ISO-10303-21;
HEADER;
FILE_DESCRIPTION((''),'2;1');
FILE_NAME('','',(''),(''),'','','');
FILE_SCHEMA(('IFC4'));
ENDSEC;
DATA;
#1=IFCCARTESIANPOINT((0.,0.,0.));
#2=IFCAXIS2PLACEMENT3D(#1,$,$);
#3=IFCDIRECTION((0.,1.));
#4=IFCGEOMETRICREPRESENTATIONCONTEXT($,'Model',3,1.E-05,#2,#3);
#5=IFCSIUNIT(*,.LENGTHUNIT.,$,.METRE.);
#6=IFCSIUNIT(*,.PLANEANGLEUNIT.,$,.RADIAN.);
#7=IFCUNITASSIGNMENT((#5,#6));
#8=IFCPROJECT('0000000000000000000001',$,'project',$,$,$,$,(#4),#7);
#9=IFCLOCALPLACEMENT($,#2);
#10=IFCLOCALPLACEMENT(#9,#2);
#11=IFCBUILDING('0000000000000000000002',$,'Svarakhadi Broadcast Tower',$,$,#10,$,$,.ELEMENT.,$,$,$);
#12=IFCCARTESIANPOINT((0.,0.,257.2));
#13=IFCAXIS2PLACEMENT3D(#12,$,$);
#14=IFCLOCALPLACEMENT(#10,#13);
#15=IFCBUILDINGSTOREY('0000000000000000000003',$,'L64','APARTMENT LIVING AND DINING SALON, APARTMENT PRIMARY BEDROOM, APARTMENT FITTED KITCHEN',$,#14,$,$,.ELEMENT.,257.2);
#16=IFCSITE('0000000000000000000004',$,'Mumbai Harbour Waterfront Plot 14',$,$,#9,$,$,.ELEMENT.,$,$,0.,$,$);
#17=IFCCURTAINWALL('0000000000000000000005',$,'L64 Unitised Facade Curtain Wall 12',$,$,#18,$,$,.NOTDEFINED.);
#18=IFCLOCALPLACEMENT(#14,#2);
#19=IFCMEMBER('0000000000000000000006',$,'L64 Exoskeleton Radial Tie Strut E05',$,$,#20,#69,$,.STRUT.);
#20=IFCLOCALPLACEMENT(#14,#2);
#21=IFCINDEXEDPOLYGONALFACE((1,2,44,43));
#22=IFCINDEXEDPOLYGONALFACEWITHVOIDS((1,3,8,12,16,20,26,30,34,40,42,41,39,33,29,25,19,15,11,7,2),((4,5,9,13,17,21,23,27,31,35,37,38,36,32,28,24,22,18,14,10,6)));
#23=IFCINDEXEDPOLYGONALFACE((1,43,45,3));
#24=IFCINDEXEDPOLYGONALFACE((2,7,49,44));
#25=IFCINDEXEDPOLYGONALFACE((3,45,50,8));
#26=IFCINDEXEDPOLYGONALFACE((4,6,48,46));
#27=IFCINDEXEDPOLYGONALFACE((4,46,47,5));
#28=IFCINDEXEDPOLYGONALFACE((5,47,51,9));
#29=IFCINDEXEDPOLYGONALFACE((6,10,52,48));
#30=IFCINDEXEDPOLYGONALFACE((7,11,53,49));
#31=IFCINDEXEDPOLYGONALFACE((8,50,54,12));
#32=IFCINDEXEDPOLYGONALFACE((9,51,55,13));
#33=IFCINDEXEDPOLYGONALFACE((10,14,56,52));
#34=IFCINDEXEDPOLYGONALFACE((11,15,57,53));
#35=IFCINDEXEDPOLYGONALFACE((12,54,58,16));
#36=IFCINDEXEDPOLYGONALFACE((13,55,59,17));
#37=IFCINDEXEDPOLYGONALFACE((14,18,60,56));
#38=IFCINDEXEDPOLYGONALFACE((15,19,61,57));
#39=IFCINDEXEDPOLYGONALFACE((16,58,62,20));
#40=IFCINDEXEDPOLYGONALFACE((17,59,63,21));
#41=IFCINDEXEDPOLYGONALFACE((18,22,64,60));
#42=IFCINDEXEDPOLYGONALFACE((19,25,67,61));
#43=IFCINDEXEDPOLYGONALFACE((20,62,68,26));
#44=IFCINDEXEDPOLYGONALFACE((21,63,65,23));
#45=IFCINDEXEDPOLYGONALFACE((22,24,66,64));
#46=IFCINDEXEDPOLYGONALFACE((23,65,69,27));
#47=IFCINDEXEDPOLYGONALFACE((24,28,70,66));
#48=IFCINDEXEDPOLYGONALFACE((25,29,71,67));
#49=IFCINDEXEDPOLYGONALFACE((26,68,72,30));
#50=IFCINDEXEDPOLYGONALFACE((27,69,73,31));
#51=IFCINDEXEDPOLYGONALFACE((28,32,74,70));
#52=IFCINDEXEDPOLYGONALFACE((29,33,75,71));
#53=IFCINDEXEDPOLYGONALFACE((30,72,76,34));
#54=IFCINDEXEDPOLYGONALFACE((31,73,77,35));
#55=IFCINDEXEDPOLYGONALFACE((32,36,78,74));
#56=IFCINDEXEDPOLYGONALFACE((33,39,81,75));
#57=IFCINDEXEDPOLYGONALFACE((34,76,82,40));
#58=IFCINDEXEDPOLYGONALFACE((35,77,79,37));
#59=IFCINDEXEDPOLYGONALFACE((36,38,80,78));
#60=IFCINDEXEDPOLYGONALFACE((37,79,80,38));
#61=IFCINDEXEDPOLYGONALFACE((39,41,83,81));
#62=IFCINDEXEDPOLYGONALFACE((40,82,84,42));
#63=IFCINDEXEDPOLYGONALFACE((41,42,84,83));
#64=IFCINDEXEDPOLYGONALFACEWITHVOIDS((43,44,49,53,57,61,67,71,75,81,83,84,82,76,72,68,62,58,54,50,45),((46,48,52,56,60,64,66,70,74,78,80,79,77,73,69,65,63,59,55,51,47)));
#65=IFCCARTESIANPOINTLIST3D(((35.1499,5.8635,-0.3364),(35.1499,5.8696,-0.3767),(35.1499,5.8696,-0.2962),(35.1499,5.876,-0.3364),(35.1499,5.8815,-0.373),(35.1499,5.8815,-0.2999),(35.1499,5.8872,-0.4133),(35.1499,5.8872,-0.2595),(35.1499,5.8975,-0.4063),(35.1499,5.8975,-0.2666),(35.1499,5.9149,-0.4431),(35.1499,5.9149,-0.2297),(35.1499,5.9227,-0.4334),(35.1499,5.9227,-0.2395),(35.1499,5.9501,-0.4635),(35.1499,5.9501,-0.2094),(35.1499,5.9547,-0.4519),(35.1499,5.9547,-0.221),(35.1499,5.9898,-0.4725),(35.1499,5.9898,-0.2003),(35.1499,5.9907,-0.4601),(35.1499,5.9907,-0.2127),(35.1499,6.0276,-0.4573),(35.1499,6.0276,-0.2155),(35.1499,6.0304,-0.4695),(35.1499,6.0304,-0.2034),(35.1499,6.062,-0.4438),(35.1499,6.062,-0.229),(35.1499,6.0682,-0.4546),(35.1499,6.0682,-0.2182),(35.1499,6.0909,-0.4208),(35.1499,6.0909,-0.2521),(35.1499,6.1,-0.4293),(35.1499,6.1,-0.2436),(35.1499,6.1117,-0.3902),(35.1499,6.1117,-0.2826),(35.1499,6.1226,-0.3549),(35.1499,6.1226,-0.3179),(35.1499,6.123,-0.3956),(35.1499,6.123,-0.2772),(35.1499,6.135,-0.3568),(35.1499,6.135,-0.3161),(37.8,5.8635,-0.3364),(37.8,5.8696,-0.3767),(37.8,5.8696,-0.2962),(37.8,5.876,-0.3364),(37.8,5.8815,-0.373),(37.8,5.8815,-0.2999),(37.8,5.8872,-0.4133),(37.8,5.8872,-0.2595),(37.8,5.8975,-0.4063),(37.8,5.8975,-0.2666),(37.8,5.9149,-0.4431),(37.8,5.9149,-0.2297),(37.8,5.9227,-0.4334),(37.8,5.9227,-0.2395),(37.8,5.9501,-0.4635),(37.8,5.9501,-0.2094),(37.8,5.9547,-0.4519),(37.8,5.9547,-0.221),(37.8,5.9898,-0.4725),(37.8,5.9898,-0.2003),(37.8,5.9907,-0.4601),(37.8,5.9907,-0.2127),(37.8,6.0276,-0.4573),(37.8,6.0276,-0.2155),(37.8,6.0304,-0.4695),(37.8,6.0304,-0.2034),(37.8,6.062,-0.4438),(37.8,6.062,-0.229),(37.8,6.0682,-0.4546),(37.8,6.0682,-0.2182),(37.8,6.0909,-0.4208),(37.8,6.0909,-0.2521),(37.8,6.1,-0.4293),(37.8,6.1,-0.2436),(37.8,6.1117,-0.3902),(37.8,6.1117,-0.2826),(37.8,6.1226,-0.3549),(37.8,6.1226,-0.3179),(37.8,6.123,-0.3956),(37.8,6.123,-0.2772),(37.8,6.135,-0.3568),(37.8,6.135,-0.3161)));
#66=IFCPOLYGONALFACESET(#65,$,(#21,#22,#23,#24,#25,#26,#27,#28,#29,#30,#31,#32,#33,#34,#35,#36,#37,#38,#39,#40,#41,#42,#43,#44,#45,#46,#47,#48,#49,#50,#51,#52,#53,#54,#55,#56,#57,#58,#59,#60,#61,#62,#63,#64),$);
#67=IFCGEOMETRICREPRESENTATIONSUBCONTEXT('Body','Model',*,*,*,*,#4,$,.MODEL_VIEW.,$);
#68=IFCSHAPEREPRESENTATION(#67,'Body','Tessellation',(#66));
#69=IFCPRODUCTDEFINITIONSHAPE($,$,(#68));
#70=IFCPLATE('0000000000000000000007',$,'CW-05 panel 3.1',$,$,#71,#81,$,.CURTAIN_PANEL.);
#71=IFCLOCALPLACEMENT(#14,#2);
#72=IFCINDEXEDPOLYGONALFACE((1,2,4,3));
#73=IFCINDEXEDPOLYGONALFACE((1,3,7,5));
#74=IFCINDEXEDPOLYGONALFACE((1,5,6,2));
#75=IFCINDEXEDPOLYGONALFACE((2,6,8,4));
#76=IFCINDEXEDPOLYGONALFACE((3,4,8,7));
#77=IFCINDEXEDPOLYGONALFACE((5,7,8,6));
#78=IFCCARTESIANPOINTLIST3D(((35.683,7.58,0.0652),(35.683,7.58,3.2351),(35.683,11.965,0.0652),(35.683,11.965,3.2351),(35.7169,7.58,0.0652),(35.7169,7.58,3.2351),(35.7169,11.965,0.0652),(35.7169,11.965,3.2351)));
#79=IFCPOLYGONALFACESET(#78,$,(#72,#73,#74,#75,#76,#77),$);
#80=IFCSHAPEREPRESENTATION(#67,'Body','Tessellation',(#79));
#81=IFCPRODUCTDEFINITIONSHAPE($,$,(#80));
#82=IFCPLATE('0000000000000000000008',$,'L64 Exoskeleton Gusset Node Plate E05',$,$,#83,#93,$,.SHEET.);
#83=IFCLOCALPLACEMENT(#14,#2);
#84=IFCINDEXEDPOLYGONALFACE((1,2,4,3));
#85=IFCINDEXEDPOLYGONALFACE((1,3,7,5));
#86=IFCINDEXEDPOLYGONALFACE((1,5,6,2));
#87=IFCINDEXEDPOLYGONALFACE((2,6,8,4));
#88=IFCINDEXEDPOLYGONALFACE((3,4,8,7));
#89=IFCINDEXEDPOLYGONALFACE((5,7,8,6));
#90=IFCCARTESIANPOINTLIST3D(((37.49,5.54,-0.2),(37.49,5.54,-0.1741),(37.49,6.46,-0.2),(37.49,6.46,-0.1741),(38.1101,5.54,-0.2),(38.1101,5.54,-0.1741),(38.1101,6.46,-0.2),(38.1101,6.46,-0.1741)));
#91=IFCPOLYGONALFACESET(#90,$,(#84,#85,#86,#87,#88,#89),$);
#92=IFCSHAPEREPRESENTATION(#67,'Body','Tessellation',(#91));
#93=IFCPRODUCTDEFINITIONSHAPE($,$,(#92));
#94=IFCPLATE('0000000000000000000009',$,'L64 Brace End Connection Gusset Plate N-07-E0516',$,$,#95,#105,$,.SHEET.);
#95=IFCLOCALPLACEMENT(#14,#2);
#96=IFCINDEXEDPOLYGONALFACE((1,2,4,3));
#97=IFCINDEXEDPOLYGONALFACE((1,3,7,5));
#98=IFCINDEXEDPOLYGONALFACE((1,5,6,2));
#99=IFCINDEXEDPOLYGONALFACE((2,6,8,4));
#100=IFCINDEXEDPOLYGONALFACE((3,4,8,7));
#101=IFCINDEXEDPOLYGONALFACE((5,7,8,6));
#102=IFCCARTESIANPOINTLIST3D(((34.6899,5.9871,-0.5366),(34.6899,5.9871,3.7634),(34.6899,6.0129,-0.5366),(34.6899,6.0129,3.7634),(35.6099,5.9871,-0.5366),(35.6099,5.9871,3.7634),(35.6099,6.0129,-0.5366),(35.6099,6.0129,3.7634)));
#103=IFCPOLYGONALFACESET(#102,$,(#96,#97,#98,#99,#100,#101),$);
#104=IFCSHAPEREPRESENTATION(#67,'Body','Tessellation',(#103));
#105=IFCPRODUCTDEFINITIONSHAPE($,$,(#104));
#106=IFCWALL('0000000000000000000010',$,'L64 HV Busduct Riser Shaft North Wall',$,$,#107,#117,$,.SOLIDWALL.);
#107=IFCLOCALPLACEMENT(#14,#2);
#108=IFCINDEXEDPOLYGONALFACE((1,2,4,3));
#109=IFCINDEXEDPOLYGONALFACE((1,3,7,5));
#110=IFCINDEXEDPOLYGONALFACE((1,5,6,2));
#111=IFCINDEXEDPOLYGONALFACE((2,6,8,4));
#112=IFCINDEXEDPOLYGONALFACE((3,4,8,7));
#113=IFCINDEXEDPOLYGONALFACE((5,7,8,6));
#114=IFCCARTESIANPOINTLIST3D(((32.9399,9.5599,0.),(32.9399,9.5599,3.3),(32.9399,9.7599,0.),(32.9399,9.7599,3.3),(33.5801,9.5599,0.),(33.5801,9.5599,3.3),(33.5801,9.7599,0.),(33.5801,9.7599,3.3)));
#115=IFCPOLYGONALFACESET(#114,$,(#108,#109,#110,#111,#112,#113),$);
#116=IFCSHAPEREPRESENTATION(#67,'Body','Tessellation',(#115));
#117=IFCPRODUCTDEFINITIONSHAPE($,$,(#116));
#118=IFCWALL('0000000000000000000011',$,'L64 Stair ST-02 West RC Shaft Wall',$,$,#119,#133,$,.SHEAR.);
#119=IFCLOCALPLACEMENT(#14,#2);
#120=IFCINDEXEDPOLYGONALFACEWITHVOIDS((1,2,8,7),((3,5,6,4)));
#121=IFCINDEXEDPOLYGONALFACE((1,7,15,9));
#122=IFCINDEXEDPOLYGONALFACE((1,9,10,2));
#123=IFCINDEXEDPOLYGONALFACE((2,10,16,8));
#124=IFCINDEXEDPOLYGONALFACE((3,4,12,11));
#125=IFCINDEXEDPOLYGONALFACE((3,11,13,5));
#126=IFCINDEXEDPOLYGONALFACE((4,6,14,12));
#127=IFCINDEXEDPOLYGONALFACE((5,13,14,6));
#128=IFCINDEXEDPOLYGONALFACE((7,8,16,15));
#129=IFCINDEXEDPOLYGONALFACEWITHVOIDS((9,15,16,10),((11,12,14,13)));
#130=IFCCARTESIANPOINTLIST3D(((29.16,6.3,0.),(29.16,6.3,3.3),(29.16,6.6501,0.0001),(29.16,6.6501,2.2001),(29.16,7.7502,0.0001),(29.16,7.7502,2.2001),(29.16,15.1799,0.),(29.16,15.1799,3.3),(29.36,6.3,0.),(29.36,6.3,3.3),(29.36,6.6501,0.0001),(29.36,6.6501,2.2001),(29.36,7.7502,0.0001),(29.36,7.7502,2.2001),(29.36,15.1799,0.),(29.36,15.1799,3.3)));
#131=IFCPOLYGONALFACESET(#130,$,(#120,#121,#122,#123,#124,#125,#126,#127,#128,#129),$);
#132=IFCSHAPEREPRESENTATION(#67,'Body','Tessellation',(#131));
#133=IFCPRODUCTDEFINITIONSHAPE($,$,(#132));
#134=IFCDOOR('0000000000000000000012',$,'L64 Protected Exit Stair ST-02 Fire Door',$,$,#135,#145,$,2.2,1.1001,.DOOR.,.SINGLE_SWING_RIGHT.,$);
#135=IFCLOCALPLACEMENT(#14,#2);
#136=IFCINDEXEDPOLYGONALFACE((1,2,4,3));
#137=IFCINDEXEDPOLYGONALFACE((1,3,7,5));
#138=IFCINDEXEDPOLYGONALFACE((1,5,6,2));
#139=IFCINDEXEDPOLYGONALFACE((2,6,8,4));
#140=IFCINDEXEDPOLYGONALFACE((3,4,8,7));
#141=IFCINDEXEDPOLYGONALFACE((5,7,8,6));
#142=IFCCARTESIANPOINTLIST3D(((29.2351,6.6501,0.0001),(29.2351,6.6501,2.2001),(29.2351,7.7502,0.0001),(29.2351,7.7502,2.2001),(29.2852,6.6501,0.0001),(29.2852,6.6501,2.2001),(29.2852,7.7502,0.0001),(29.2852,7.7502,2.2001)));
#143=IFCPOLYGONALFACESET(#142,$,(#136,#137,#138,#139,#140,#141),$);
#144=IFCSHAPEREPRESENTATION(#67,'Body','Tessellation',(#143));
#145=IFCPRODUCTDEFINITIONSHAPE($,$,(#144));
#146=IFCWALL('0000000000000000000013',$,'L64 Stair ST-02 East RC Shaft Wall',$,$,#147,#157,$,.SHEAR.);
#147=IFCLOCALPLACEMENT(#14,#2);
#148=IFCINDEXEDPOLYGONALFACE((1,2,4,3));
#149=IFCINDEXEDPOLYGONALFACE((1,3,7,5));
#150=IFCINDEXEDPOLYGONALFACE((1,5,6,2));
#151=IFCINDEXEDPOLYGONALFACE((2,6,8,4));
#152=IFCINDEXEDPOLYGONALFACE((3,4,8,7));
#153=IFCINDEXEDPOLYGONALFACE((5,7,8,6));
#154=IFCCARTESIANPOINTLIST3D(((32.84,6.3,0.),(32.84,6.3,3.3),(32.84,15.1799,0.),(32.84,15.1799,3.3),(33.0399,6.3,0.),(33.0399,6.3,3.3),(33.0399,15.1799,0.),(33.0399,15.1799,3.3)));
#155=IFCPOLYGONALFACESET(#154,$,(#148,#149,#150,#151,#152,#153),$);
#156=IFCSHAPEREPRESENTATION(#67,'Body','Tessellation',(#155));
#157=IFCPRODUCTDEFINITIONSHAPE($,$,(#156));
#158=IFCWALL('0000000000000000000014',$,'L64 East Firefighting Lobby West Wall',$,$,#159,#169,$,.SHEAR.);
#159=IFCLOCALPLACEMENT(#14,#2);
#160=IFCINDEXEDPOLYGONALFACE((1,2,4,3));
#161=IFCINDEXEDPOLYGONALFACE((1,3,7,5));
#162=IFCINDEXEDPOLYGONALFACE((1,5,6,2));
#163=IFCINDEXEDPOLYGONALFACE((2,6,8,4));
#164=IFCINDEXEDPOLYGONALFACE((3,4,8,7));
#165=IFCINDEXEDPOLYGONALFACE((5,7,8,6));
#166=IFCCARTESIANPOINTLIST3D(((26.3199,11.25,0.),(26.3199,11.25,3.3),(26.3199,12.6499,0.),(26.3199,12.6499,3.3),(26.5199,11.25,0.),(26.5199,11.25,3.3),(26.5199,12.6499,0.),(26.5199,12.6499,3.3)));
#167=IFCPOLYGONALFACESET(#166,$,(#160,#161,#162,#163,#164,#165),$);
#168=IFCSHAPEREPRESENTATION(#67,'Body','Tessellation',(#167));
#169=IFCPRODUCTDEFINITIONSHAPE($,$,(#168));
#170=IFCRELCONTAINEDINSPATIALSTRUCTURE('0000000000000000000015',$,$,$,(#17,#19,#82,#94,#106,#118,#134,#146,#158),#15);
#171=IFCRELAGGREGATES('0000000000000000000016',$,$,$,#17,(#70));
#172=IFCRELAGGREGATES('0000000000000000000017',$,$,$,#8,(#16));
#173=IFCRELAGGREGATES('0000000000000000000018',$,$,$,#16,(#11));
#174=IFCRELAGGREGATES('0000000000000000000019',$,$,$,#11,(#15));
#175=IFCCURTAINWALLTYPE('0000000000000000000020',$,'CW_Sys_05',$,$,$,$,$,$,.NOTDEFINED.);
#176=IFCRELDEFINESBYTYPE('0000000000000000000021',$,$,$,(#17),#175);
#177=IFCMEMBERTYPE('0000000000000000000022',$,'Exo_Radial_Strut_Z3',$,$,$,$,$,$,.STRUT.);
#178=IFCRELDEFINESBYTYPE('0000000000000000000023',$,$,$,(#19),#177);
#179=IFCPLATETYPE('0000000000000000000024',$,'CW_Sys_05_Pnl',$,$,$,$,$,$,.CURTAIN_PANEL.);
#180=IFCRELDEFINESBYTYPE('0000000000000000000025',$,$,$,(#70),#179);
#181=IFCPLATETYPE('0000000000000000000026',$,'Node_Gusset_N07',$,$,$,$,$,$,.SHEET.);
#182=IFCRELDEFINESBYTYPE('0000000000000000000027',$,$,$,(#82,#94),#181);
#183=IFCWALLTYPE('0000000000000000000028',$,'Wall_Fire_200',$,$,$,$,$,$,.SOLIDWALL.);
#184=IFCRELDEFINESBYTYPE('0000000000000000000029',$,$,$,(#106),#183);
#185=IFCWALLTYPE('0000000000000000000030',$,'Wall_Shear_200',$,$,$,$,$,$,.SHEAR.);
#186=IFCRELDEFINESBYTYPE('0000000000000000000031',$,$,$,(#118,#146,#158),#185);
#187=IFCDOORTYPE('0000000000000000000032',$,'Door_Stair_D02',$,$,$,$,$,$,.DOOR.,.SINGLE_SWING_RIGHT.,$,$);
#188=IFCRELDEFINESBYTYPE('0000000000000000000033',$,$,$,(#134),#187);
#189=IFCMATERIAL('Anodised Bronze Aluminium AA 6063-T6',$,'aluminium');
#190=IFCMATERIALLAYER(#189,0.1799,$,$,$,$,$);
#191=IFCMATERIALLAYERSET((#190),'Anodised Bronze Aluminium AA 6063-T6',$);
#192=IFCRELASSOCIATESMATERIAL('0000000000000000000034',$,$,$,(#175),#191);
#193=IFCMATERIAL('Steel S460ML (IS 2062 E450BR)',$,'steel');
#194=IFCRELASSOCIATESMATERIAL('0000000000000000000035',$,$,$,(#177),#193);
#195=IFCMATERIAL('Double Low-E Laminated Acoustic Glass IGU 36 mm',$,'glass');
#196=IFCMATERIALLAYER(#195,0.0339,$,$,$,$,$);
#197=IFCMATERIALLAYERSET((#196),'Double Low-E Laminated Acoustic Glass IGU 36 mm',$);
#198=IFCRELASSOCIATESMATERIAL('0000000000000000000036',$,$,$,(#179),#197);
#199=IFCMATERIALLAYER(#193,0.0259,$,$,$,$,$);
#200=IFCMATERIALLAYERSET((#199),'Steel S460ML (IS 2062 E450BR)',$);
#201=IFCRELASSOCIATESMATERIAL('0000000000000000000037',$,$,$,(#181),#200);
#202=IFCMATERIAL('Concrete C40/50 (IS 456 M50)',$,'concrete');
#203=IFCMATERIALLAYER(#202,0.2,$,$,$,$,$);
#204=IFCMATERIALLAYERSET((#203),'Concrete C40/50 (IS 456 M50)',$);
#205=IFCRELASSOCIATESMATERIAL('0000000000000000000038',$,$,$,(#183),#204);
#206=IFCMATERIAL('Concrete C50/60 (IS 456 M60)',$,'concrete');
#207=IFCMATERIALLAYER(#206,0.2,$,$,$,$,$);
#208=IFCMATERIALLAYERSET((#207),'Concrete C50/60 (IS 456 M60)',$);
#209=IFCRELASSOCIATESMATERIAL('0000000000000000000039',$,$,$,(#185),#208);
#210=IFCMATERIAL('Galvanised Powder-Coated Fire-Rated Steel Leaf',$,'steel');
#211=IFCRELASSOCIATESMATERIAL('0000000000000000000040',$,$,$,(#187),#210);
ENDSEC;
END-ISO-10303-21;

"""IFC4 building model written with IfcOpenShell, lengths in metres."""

from ifc_helpers import new_model, si_unit, direction, frame, frame_2d, origin, origin_2d, place, context, subcontext, project, spatial, rectangle, hollow_circle, extrude, material, layer, layer_set, material_profile, profile_set, type_object, element, fill, aggregate, save


model = new_model("IFC4")

# Units and contexts
model_context = context("Model", 3, precision=1e-05, world=origin(), true_north=direction((0.0, 1.0)))
body_context = subcontext(model_context, "Body", "Model", "MODEL_VIEW")
ifc_project = project(units=[si_unit("LENGTHUNIT", "METRE"), si_unit("PLANEANGLEUNIT", "RADIAN")], contexts=[model_context])

# Site, building, storey
site_placement = place(None, origin())
site = spatial("IfcSite", under=ifc_project, at=site_placement, Name="Mumbai Harbour Waterfront Plot 14", CompositionType="ELEMENT", RefElevation=0.0)
building_placement = place(site_placement, origin())
building = spatial("IfcBuilding", under=site, at=building_placement, Name="Svarakhadi Broadcast Tower", CompositionType="ELEMENT")
storey_placement = place(building_placement, frame((0.0, 0.0, 257.2)))
storey = spatial("IfcBuildingStorey", under=building, at=storey_placement, Name="L64", Description="APARTMENT LIVING AND DINING SALON, APARTMENT PRIMARY BEDROOM, APARTMENT FITTED KITCHEN", CompositionType="ELEMENT", Elevation=257.2)

# Curtain wall
ifc_material_1 = material(Name="Anodised Bronze Aluminium AA 6063-T6", Category="aluminium")
ifc_layer_1 = layer(ifc_material_1, 0.1799)
ifc_layer_set_1 = layer_set([ifc_layer_1], Name="Anodised Bronze Aluminium AA 6063-T6")
curtain_wall_type = type_object("IfcCurtainWallType", Name="CW_Sys_05", PredefinedType="NOTDEFINED", material=ifc_layer_set_1)
curtain_wall_placement = place(storey_placement, origin())
curtain_wall = element("IfcCurtainWall", 1, at=curtain_wall_placement, inside=storey, type_object=curtain_wall_type, Name="L64 Unitised Facade Curtain Wall 12", PredefinedType="NOTDEFINED")

# Shared definitions
ifc_material_2 = material(Name="Concrete C50/60 (IS 456 M60)", Category="concrete")

# Member
ifc_material_3 = material(Name="Steel S460ML (IS 2062 E450BR)", Category="steel")
ifc_material_profile_1 = material_profile(ifc_material_3, hollow_circle(Radius=0.1365, WallThickness=0.0125, at=origin_2d()), Name="CHS 273x12.5")
ifc_profile_set_1 = profile_set([ifc_material_profile_1], Name="Steel S460ML (IS 2062 E450BR)")
member_type_1 = type_object("IfcMemberType", Name="Exo_Radial_Strut_Z3", PredefinedType="STRUT", material=ifc_profile_set_1)
member_1_placement = place(storey_placement, frame((37.8, 6.0, -0.3364), z_axis=(-1.0, 0.0, 0.0), x_axis=(0.0, -1.0, 0.0)))
element("IfcMember", 2, at=member_1_placement, inside=storey, type_object=member_type_1, Name="L64 Exoskeleton Radial Tie Strut E05", PredefinedType="STRUT", context=body_context, shape_type="SweptSolid", body=[
    extrude(hollow_circle(Radius=0.1365, WallThickness=0.0125, at=origin_2d()), origin(), (0.0, 0.0, 1.0), 2.6501),
])

# Plate
ifc_material_4 = material(Name="Double Low-E Laminated Acoustic Glass IGU 36 mm", Category="glass")
ifc_layer_2 = layer(ifc_material_4, 0.0339)
ifc_layer_set_2 = layer_set([ifc_layer_2], Name="Double Low-E Laminated Acoustic Glass IGU 36 mm")
plate_type_1 = type_object("IfcPlateType", Name="CW_Sys_05_Pnl", PredefinedType="CURTAIN_PANEL", material=ifc_layer_set_2)
plate_1_placement = place(storey_placement, frame((35.7, 9.7725, 0.0652), z_axis=(0.0, 0.0, 1.0), x_axis=(0.0, -1.0, 0.0)))
plate_1 = element("IfcPlate", 3, at=plate_1_placement, type_object=plate_type_1, Name="CW-05 panel 3.1", PredefinedType="CURTAIN_PANEL", context=body_context, shape_type="SweptSolid", body=[
    extrude(rectangle(XDim=4.385, YDim=0.0339, at=origin_2d()), origin(), (0.0, 0.0, 1.0), 3.1699),
])
aggregate(curtain_wall, [plate_1])

# Plates
ifc_layer_3 = layer(ifc_material_3, 0.0259)
ifc_layer_set_3 = layer_set([ifc_layer_3], Name="Steel S460ML (IS 2062 E450BR)")
plate_type_2 = type_object("IfcPlateType", Name="Node_Gusset_N07", PredefinedType="SHEET", material=ifc_layer_set_3)
plate_2_placement = place(storey_placement, frame((37.8, 6.0, -0.2), z_axis=(0.0, 0.0, 1.0), x_axis=(0.0, 1.0, 0.0)))
element("IfcPlate", 4, at=plate_2_placement, inside=storey, type_object=plate_type_2, Name="L64 Exoskeleton Gusset Node Plate E05", PredefinedType="SHEET", context=body_context, shape_type="SweptSolid", body=[
    extrude(rectangle(XDim=0.9199, YDim=0.6201, at=origin_2d()), origin(), (0.0, 0.0, 1.0), 0.0259),
])
plate_3_placement = place(storey_placement, frame((35.1499, 6.0, -0.5366), z_axis=(0.0, 0.0, 1.0), x_axis=(1.0, 0.0, 0.0)))
element("IfcPlate", 5, at=plate_3_placement, inside=storey, type_object=plate_type_2, Name="L64 Brace End Connection Gusset Plate N-07-E0516", PredefinedType="SHEET", context=body_context, shape_type="SweptSolid", body=[
    extrude(rectangle(XDim=0.9199, YDim=0.0259, at=origin_2d()), origin(), (0.0, 0.0, 1.0), 4.3),
])

# Wall
ifc_material_5 = material(Name="Concrete C40/50 (IS 456 M50)", Category="concrete")
ifc_layer_4 = layer(ifc_material_5, 0.2)
ifc_layer_set_4 = layer_set([ifc_layer_4], Name="Concrete C40/50 (IS 456 M50)")
wall_type_1 = type_object("IfcWallType", Name="Wall_Fire_200", PredefinedType="SOLIDWALL", material=ifc_layer_set_4)
wall_1_placement = place(storey_placement, frame((32.9399, 9.6599, 0.0), z_axis=(0.0, 0.0, 1.0), x_axis=(1.0, 0.0, 0.0)))
element("IfcWall", 6, at=wall_1_placement, inside=storey, type_object=wall_type_1, Name="L64 HV Busduct Riser Shaft North Wall", PredefinedType="SOLIDWALL", context=body_context, shape_type="SweptSolid", body=[
    extrude(rectangle(XDim=0.6401, YDim=0.2, at=frame_2d((0.3201, 0.0))), origin(), (0.0, 0.0, 1.0), 3.3),
])

# Wall, opening, door
ifc_layer_5 = layer(ifc_material_2, 0.2)
ifc_layer_set_5 = layer_set([ifc_layer_5], Name="Concrete C50/60 (IS 456 M60)")
wall_type_2 = type_object("IfcWallType", Name="Wall_Shear_200", PredefinedType="SHEAR", material=ifc_layer_set_5)
wall_2_placement = place(storey_placement, frame((29.26, 6.3, 0.0), z_axis=(0.0, 0.0, 1.0), x_axis=(0.0, 1.0, 0.0)))
wall_2 = element("IfcWall", 7, at=wall_2_placement, inside=storey, type_object=wall_type_2, Name="L64 Stair ST-02 West RC Shaft Wall", PredefinedType="SHEAR", context=body_context, shape_type="SweptSolid", body=[
    extrude(rectangle(XDim=8.8799, YDim=0.2, at=frame_2d((4.4399, 0.0))), origin(), (0.0, 0.0, 1.0), 3.3),
])
opening_placement = place(wall_2_placement, frame((0.3501, 0.0, 0.0)))
opening = element("IfcOpeningElement", 8, at=opening_placement, cuts=wall_2, PredefinedType="OPENING", context=body_context, shape_type="SweptSolid", body=[
    extrude(rectangle(XDim=1.1001, YDim=2.2, at=frame_2d((0.55, 1.1001))), frame((0.0, 0.1099, 0.0), z_axis=(0.0, -1.0, 0.0), x_axis=(1.0, 0.0, 0.0)), (0.0, 0.0, 1.0), 0.22),
])
ifc_material_6 = material(Name="Galvanised Powder-Coated Fire-Rated Steel Leaf", Category="steel")
door_type = type_object("IfcDoorType", Name="Door_Stair_D02", OperationType="SINGLE_SWING_RIGHT", PredefinedType="DOOR", material=ifc_material_6)
door_placement = place(opening_placement, origin())
door = element("IfcDoor", 9, at=door_placement, inside=storey, type_object=door_type, Name="L64 Protected Exit Stair ST-02 Fire Door", OperationType="SINGLE_SWING_RIGHT", OverallHeight=2.2, OverallWidth=1.1001, PredefinedType="DOOR", context=body_context, shape_type="SweptSolid", body=[
    extrude(rectangle(XDim=1.1001, YDim=2.2, at=frame_2d((0.55, 1.1001))), frame((0.0, 0.0249, 0.0), z_axis=(0.0, -1.0, 0.0), x_axis=(1.0, 0.0, 0.0)), (0.0, 0.0, 1.0), 0.05),
])
fill(opening, door)

# Walls
wall_3_placement = place(storey_placement, frame((32.9399, 6.3, 0.0), z_axis=(0.0, 0.0, 1.0), x_axis=(0.0, 1.0, 0.0)))
element("IfcWall", 10, at=wall_3_placement, inside=storey, type_object=wall_type_2, Name="L64 Stair ST-02 East RC Shaft Wall", PredefinedType="SHEAR", context=body_context, shape_type="SweptSolid", body=[
    extrude(rectangle(XDim=8.8799, YDim=0.2, at=frame_2d((4.4399, 0.0))), origin(), (0.0, 0.0, 1.0), 3.3),
])
wall_4_placement = place(storey_placement, frame((26.4199, 11.25, 0.0), z_axis=(0.0, 0.0, 1.0), x_axis=(0.0, 1.0, 0.0)))
element("IfcWall", 11, at=wall_4_placement, inside=storey, type_object=wall_type_2, Name="L64 East Firefighting Lobby West Wall", PredefinedType="SHEAR", context=body_context, shape_type="SweptSolid", body=[
    extrude(rectangle(XDim=1.3999, YDim=0.2, at=frame_2d((0.7, 0.0))), origin(), (0.0, 0.0, 1.0), 3.3),
])

save(model, "model.ifc")
